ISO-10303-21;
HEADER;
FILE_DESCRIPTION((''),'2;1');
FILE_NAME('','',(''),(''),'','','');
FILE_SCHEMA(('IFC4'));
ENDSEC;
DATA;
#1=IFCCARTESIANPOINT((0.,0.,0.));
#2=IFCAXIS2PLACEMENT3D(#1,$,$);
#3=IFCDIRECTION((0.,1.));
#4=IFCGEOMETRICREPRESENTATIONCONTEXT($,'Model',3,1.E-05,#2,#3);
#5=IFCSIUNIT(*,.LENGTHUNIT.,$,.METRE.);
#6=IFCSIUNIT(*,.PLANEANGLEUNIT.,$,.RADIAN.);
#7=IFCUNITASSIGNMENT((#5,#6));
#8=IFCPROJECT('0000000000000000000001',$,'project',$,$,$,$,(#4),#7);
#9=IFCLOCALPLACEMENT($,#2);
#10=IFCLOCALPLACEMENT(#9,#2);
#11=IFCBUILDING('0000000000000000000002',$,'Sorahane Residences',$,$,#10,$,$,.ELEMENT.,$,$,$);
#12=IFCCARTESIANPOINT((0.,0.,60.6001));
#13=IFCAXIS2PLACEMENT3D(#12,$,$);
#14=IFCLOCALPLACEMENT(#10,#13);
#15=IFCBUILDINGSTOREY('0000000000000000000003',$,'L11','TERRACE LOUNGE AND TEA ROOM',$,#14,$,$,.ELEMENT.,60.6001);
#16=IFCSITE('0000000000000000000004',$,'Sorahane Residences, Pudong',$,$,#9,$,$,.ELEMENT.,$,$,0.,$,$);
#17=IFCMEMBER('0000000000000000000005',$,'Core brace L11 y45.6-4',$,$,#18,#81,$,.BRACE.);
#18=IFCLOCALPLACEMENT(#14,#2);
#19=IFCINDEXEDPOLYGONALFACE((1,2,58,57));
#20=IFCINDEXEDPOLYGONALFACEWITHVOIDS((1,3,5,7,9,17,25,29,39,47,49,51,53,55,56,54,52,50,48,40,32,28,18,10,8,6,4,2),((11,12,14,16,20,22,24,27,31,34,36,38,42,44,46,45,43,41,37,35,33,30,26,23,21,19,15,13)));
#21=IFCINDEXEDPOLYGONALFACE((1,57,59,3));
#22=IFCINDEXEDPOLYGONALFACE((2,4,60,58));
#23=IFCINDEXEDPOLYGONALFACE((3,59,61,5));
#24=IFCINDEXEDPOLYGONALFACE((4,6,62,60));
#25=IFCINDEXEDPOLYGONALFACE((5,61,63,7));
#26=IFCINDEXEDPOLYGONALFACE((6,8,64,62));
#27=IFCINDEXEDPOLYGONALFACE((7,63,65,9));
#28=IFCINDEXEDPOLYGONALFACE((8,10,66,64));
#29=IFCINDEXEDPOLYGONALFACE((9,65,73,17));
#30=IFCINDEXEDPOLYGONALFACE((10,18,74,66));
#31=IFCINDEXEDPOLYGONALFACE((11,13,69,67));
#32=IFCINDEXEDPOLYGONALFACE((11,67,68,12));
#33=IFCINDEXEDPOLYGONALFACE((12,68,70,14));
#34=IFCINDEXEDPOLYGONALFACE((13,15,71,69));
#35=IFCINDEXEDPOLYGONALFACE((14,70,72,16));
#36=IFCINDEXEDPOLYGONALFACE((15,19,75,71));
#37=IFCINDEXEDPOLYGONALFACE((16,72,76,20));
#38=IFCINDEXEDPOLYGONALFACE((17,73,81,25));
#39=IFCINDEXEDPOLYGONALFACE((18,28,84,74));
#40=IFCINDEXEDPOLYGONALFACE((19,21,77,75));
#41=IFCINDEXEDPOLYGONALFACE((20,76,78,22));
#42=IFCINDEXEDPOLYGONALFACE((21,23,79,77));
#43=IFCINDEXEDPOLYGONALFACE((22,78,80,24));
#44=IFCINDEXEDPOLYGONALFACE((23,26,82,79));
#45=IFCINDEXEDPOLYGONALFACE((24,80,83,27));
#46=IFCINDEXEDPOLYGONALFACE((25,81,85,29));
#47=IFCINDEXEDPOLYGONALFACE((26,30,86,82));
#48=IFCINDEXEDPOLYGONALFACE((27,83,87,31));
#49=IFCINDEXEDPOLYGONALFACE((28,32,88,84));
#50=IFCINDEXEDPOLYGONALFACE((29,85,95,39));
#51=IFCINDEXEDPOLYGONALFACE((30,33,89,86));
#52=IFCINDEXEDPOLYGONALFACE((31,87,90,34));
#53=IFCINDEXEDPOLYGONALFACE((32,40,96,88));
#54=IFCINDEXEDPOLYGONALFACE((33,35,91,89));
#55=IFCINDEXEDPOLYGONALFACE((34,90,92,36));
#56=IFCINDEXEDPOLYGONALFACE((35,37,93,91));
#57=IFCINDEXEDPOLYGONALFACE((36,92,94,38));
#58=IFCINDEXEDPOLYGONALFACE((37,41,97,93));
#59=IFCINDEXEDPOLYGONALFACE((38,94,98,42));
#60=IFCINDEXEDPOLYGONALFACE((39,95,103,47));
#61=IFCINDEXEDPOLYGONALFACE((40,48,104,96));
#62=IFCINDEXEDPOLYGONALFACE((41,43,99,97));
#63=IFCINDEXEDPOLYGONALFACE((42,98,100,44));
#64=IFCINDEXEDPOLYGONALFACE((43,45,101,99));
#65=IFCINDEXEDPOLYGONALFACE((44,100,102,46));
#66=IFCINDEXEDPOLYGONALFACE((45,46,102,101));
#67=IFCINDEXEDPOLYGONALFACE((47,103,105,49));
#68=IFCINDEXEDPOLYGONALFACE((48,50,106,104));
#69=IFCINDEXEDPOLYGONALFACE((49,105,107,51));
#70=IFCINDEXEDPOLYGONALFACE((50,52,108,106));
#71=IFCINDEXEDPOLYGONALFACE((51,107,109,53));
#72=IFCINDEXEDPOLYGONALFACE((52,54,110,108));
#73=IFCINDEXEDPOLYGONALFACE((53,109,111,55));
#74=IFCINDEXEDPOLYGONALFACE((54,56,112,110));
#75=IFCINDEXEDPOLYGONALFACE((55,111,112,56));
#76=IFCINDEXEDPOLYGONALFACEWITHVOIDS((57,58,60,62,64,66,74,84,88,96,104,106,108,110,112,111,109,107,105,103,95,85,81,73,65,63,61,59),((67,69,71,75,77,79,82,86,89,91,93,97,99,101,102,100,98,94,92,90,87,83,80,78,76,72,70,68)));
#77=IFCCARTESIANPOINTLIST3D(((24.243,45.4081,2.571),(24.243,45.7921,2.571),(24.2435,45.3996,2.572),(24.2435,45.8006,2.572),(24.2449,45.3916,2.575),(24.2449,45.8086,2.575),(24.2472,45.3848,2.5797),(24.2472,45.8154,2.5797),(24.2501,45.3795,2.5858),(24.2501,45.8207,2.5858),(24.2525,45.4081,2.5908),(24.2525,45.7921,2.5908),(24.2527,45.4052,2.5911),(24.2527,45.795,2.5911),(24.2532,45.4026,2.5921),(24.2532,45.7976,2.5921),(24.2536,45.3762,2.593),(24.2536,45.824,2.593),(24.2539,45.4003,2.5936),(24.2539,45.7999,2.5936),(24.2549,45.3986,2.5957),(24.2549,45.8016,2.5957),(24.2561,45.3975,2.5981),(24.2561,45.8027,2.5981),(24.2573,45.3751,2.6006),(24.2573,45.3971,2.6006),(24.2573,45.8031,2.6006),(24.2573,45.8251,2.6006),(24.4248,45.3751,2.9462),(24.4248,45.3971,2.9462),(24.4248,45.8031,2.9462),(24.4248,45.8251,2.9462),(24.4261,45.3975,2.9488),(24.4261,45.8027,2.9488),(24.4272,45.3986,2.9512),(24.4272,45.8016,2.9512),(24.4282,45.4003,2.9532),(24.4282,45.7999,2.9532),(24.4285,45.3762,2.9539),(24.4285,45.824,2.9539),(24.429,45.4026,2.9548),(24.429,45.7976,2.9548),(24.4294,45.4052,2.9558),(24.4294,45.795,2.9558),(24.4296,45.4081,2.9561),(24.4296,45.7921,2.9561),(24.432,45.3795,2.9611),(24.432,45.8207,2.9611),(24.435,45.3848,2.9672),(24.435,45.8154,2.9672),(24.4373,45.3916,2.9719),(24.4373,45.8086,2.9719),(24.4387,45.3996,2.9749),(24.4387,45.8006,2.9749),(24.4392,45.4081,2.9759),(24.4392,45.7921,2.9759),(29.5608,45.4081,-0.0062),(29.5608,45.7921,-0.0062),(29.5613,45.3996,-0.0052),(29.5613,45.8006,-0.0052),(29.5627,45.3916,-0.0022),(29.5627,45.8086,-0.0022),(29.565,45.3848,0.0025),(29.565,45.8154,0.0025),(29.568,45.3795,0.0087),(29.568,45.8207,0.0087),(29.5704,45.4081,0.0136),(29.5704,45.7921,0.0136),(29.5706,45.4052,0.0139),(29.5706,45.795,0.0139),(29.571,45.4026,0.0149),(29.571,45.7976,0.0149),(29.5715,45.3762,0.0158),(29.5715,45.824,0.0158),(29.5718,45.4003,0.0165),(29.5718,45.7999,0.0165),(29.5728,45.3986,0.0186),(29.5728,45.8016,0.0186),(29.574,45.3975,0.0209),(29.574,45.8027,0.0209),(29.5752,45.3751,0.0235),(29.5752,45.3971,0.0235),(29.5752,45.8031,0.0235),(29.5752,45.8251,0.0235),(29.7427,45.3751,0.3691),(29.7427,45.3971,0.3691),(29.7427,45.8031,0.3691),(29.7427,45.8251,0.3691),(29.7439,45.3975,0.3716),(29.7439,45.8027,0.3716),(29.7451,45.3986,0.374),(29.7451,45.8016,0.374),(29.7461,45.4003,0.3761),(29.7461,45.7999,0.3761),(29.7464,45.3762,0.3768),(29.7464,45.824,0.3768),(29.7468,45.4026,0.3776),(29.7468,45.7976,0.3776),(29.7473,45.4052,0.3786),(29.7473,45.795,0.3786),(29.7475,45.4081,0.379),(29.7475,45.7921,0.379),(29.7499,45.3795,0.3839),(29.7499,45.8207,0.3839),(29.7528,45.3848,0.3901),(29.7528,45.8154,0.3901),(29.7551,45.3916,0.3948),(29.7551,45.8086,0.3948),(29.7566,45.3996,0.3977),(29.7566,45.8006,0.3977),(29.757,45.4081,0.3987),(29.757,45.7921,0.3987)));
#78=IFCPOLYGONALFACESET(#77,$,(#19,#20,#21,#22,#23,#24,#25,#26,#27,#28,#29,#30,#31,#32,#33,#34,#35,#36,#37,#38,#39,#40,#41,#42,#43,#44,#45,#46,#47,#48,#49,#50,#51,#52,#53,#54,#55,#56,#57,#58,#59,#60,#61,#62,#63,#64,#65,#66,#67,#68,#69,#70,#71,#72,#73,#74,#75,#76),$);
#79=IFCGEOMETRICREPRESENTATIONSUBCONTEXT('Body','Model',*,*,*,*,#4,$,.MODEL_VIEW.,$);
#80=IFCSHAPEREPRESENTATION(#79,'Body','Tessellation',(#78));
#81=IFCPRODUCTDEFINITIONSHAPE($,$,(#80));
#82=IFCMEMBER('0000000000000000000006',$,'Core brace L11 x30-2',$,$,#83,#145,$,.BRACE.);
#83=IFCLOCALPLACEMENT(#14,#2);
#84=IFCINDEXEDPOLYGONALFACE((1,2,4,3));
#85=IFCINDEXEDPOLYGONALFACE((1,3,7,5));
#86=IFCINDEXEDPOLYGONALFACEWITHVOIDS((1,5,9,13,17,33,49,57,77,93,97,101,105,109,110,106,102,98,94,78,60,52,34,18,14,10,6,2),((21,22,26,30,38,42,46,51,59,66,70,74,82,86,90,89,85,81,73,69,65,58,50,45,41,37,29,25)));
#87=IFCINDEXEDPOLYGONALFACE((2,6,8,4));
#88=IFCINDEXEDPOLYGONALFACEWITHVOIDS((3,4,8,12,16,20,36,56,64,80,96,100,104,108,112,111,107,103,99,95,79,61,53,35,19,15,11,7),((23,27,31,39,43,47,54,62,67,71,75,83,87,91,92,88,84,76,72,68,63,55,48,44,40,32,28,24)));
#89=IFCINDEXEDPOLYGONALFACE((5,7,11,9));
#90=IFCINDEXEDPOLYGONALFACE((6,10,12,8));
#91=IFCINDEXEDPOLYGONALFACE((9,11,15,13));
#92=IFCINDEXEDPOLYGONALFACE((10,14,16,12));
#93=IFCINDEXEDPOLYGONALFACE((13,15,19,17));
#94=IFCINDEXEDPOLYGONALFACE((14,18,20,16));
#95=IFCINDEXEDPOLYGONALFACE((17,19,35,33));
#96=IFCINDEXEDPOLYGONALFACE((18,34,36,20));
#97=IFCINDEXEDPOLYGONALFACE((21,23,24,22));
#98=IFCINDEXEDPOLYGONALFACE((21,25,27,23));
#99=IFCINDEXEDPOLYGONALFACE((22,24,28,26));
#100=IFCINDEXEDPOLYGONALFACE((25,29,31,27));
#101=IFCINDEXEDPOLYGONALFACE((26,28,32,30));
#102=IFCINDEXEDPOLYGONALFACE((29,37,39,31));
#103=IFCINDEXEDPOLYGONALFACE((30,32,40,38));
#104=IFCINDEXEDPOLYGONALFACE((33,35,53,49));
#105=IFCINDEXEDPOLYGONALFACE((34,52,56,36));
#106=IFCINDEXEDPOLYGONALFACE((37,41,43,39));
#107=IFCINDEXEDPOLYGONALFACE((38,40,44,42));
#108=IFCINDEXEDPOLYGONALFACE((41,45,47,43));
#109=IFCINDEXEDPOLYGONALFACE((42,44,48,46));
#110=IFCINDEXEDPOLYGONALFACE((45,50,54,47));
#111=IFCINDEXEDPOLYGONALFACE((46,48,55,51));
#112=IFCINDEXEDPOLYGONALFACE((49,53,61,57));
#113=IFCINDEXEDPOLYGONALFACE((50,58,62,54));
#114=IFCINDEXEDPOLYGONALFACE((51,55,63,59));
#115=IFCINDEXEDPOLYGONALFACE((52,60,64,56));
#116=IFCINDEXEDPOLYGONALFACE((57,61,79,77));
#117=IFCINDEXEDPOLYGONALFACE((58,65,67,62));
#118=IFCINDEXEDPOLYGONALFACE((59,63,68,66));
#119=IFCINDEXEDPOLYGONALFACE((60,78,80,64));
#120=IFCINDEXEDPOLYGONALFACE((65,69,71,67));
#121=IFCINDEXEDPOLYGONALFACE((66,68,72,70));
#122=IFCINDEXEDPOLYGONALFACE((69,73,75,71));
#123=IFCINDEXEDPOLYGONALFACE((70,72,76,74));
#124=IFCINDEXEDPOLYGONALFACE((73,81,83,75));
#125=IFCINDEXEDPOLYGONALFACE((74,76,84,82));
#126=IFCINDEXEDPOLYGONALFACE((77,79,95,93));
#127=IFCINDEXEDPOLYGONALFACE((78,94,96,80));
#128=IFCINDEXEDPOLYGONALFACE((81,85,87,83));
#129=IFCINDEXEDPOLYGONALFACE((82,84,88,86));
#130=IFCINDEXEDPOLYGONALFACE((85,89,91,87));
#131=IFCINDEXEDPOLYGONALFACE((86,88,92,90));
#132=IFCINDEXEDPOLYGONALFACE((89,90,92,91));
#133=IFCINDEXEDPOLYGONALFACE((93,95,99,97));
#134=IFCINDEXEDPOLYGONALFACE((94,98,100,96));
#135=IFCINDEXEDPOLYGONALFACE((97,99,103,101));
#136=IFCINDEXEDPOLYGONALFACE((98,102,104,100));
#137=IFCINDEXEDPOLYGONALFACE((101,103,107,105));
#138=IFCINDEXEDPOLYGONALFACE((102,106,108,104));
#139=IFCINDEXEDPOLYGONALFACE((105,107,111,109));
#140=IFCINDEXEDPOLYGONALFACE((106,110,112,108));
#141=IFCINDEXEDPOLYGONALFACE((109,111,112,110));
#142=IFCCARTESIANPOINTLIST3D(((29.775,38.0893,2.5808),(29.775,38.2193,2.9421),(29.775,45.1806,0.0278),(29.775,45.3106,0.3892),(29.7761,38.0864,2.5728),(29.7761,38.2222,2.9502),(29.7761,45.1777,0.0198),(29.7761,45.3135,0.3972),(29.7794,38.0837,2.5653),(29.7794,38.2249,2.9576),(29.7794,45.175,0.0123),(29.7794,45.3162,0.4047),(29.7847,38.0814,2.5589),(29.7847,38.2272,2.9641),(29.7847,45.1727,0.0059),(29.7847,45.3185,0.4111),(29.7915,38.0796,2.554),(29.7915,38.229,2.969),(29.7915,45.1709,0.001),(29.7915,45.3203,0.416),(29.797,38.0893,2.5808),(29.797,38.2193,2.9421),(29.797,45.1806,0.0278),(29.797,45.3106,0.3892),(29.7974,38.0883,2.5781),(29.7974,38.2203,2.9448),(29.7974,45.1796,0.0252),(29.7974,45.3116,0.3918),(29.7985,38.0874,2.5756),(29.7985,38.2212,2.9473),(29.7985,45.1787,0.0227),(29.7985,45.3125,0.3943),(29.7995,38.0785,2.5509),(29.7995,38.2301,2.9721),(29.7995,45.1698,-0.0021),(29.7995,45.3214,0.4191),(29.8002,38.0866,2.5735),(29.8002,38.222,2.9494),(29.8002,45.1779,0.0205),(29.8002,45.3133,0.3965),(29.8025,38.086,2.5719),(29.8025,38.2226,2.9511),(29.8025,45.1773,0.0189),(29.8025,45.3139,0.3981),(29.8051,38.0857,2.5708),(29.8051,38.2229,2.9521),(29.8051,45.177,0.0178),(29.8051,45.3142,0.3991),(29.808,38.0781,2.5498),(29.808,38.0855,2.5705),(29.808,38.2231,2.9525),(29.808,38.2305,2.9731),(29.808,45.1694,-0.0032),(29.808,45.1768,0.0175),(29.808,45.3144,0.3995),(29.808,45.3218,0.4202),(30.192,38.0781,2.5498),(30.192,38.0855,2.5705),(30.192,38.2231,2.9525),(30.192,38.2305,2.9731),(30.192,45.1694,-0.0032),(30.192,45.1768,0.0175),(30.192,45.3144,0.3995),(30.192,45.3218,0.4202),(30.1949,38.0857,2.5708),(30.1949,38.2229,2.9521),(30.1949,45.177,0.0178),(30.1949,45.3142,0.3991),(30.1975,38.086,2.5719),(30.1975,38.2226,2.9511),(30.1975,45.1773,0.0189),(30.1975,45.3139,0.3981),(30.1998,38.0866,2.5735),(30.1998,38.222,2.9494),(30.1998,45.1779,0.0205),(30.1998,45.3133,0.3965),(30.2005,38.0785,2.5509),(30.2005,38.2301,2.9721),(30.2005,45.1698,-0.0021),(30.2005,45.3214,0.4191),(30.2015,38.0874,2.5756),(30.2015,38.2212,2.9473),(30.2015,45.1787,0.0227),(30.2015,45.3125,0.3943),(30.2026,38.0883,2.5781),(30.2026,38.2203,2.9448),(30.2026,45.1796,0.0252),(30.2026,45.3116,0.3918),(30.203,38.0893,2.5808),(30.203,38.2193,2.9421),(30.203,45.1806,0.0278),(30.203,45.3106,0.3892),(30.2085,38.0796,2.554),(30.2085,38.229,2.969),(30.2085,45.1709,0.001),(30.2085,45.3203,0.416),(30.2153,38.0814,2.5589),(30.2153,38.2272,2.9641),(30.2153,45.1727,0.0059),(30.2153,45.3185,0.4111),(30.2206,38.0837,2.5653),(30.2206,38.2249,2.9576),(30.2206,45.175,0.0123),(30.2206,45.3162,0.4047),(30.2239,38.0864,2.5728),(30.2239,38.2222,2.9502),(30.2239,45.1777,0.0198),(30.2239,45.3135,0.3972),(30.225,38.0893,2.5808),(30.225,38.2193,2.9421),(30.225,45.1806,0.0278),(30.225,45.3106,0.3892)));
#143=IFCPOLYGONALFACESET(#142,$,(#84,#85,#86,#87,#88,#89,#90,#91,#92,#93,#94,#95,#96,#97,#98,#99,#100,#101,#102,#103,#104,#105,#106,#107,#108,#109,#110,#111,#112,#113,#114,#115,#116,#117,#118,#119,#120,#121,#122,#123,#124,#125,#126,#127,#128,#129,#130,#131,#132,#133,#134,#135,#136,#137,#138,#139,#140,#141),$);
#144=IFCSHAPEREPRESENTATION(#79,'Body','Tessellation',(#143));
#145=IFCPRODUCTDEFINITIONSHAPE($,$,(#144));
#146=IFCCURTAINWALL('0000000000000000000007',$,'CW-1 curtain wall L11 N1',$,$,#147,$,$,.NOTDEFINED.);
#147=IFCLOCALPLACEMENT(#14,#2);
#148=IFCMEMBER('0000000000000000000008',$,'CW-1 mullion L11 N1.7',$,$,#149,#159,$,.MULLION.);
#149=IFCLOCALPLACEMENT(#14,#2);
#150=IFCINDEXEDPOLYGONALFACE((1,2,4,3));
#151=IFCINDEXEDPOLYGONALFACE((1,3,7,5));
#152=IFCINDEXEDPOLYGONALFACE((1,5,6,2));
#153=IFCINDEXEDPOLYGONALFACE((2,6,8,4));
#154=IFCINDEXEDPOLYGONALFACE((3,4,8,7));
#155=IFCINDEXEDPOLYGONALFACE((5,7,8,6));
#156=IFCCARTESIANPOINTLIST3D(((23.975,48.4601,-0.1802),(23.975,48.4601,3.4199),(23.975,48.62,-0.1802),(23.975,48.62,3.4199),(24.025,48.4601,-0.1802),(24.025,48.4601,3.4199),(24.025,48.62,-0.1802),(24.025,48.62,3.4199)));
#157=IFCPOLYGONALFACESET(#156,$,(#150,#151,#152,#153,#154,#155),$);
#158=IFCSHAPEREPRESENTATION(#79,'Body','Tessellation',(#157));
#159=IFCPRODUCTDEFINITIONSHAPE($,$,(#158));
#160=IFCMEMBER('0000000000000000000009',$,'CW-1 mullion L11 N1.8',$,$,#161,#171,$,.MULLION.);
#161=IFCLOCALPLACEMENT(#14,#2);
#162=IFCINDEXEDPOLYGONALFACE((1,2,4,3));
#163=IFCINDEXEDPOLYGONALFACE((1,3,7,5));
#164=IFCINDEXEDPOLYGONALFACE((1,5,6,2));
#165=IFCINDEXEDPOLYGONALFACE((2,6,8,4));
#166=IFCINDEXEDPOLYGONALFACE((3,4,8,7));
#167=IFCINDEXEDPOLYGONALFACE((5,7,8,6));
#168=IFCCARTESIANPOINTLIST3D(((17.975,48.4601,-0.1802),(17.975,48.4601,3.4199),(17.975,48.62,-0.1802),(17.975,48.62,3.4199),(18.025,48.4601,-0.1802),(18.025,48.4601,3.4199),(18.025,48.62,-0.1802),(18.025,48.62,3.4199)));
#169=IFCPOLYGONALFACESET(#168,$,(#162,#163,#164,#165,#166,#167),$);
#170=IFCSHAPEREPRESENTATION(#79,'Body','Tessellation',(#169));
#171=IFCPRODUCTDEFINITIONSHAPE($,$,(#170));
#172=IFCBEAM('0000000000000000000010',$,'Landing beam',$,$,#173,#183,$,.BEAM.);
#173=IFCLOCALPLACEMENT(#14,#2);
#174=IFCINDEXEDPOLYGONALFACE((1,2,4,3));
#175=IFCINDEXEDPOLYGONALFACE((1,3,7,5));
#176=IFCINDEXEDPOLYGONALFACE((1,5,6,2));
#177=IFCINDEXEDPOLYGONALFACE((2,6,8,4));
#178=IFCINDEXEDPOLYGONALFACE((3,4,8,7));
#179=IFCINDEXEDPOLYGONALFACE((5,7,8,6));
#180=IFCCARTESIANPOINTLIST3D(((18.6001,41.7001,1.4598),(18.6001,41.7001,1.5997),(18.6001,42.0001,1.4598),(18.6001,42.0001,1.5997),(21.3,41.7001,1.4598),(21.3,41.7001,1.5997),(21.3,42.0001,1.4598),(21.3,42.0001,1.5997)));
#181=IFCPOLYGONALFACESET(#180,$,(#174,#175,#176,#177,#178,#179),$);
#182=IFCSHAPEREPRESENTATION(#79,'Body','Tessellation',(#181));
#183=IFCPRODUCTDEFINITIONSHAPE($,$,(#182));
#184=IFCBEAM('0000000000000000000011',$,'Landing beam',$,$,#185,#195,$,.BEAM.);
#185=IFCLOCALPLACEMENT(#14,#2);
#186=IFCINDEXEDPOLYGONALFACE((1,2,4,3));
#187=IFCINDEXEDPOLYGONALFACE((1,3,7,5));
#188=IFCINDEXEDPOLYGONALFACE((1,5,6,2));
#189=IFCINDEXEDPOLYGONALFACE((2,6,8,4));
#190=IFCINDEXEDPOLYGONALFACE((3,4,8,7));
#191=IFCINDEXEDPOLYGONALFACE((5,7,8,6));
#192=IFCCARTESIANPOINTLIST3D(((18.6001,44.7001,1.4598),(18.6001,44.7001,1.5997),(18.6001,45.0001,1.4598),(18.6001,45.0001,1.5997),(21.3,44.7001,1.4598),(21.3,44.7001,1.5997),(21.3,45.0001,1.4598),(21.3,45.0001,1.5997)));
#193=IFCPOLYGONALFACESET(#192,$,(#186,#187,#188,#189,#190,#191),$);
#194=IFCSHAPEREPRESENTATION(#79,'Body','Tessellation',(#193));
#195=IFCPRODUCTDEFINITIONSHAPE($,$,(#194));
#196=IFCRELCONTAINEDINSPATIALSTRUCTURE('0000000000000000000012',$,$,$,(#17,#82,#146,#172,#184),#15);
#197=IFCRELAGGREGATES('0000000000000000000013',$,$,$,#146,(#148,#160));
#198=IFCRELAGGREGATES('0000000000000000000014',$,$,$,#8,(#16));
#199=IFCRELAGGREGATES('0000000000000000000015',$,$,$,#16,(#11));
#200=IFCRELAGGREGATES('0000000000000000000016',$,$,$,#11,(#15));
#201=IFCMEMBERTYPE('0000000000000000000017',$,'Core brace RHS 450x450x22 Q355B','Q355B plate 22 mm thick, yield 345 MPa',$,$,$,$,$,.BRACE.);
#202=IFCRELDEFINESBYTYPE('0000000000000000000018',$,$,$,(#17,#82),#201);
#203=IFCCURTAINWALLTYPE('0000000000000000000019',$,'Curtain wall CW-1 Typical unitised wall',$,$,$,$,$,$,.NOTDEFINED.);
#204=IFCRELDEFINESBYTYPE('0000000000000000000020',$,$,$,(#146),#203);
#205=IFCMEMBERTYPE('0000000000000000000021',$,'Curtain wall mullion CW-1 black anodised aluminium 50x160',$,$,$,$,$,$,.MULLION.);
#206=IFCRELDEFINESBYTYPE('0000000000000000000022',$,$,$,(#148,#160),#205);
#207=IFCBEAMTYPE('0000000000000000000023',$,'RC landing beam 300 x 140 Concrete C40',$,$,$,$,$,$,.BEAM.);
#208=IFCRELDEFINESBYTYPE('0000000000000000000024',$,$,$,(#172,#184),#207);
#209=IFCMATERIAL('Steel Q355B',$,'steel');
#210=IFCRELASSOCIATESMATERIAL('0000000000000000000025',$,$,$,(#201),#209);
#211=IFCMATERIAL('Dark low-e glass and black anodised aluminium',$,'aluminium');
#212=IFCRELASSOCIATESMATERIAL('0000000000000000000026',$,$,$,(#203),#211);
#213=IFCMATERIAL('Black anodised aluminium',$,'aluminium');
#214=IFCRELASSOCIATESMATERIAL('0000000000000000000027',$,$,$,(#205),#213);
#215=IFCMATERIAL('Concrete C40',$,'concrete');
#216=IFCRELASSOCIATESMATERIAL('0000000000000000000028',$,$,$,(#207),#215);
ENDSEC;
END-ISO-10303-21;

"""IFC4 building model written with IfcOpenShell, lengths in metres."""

from ifc_helpers import new_model, si_unit, direction, frame, origin, origin_2d, place, context, subcontext, project, spatial, rectangle, hollow_rectangle, extrude, material, material_profile, profile_set, type_object, element, aggregate, save


model = new_model("IFC4")

# Units and contexts
model_context = context("Model", 3, precision=1e-05, world=origin(), true_north=direction((0.0, 1.0)))
body_context = subcontext(model_context, "Body", "Model", "MODEL_VIEW")
ifc_project = project(units=[si_unit("LENGTHUNIT", "METRE"), si_unit("PLANEANGLEUNIT", "RADIAN")], contexts=[model_context])

# Site, building, storey
site_placement = place(None, origin())
site = spatial("IfcSite", under=ifc_project, at=site_placement, Name="Sorahane Residences, Pudong", CompositionType="ELEMENT", RefElevation=0.0)
building_placement = place(site_placement, origin())
building = spatial("IfcBuilding", under=site, at=building_placement, Name="Sorahane Residences", CompositionType="ELEMENT")
storey_placement = place(building_placement, frame((0.0, 0.0, 60.6001)))
storey = spatial("IfcBuildingStorey", under=building, at=storey_placement, Name="L11", Description="TERRACE LOUNGE AND TEA ROOM", CompositionType="ELEMENT", Elevation=60.6001)

# Members
ifc_material_1 = material(Name="Steel Q355B", Category="steel")
ifc_material_profile_1 = material_profile(ifc_material_1, hollow_rectangle(XDim=0.45, YDim=0.45, WallThickness=0.022, InnerFilletRadius=0.011, OuterFilletRadius=0.033, at=origin_2d()), Name="RHS 450x450x22")
ifc_profile_set_1 = profile_set([ifc_material_profile_1], Name="Steel Q355B")
member_type_1 = type_object("IfcMemberType", Name="Core brace RHS 450x450x22 Q355B", Description="Q355B plate 22 mm thick, yield 345 MPa", PredefinedType="BRACE", material=ifc_profile_set_1)
for number, where, z_axis, x_axis, name in (
    (1, (29.6589, 45.6001, 0.1963), (-0.899895, 0.0, 0.436107), (0.0, -1.0, 0.0), "Core brace L11 y45.6-4"),
):
    element("IfcMember", number, at=place(storey_placement, frame(where, z_axis=z_axis, x_axis=x_axis)), inside=storey, type_object=member_type_1, Name=name, PredefinedType="BRACE", context=body_context, shape_type="SweptSolid", body=[
        extrude(hollow_rectangle(XDim=0.45, YDim=0.45, WallThickness=0.022, InnerFilletRadius=0.011, OuterFilletRadius=0.033, at=origin_2d()), origin(), (0.0, 0.0, 1.0), 5.9094),
    ])
member_1_placement = place(storey_placement, frame((30.0, 45.2456, 0.2085), z_axis=(0.0, -0.940883, 0.338732), x_axis=(1.0, 0.0, 0.0)))
element("IfcMember", 2, at=member_1_placement, inside=storey, type_object=member_type_1, Name="Core brace L11 x30-2", PredefinedType="BRACE", context=body_context, shape_type="SweptSolid", body=[
    extrude(hollow_rectangle(XDim=0.45, YDim=0.45, WallThickness=0.022, InnerFilletRadius=0.011, OuterFilletRadius=0.033, at=origin_2d()), origin(), (0.0, 0.0, 1.0), 7.5369),
])

# Curtain wall, members
ifc_material_2 = material(Name="Dark low-e glass and black anodised aluminium", Category="aluminium")
curtain_wall_type = type_object("IfcCurtainWallType", Name="Curtain wall CW-1 Typical unitised wall", PredefinedType="NOTDEFINED", material=ifc_material_2)
curtain_wall_placement = place(storey_placement, origin())
curtain_wall = element("IfcCurtainWall", 3, at=curtain_wall_placement, inside=storey, type_object=curtain_wall_type, Name="CW-1 curtain wall L11 N1", PredefinedType="NOTDEFINED")
ifc_material_3 = material(Name="Black anodised aluminium", Category="aluminium")
ifc_material_profile_2 = material_profile(ifc_material_3, rectangle(XDim=0.1599, YDim=0.05, at=origin_2d()), Name="Curtain wall mullion CW-1 black anodised aluminium 50x160")
ifc_profile_set_2 = profile_set([ifc_material_profile_2], Name="Black anodised aluminium")
member_type_2 = type_object("IfcMemberType", Name="Curtain wall mullion CW-1 black anodised aluminium 50x160", PredefinedType="MULLION", material=ifc_profile_set_2)
member_2_placement = place(storey_placement, frame((24.0, 48.54, -0.1802), z_axis=(0.0, 0.0, 1.0), x_axis=(0.0, 1.0, 0.0)))
member_2 = element("IfcMember", 4, at=member_2_placement, type_object=member_type_2, Name="CW-1 mullion L11 N1.7", PredefinedType="MULLION", context=body_context, shape_type="SweptSolid", body=[
    extrude(rectangle(XDim=0.1599, YDim=0.05, at=origin_2d()), origin(), (0.0, 0.0, 1.0), 3.6001),
])
member_3_placement = place(storey_placement, frame((18.0, 48.54, -0.1802), z_axis=(0.0, 0.0, 1.0), x_axis=(0.0, 1.0, 0.0)))
member_3 = element("IfcMember", 5, at=member_3_placement, type_object=member_type_2, Name="CW-1 mullion L11 N1.8", PredefinedType="MULLION", context=body_context, shape_type="SweptSolid", body=[
    extrude(rectangle(XDim=0.1599, YDim=0.05, at=origin_2d()), origin(), (0.0, 0.0, 1.0), 3.6001),
])

# Beams
ifc_material_4 = material(Name="Concrete C40", Category="concrete")
ifc_material_profile_3 = material_profile(ifc_material_4, rectangle(XDim=0.3, YDim=0.1399, at=origin_2d()), Name="300x140")
ifc_profile_set_3 = profile_set([ifc_material_profile_3], Name="Concrete C40")
beam_type_1 = type_object("IfcBeamType", Name="RC landing beam 300 x 140 Concrete C40", PredefinedType="BEAM", material=ifc_profile_set_3)
for number, where, z_axis, x_axis, name in (
    (6, (18.6001, 41.8501, 1.5298), (1.0, 0.0, 0.0), (0.0, 1.0, 0.0), "Landing beam"),
    (7, (18.6001, 44.8501, 1.5298), (1.0, 0.0, 0.0), (0.0, 1.0, 0.0), "Landing beam"),
):
    element("IfcBeam", number, at=place(storey_placement, frame(where, z_axis=z_axis, x_axis=x_axis)), inside=storey, type_object=beam_type_1, Name=name, PredefinedType="BEAM", context=body_context, shape_type="SweptSolid", body=[
        extrude(rectangle(XDim=0.3, YDim=0.1399, at=origin_2d()), origin(), (0.0, 0.0, 1.0), 2.7),
    ])

aggregate(curtain_wall, [member_2, member_3])

save(model, "model.ifc")
